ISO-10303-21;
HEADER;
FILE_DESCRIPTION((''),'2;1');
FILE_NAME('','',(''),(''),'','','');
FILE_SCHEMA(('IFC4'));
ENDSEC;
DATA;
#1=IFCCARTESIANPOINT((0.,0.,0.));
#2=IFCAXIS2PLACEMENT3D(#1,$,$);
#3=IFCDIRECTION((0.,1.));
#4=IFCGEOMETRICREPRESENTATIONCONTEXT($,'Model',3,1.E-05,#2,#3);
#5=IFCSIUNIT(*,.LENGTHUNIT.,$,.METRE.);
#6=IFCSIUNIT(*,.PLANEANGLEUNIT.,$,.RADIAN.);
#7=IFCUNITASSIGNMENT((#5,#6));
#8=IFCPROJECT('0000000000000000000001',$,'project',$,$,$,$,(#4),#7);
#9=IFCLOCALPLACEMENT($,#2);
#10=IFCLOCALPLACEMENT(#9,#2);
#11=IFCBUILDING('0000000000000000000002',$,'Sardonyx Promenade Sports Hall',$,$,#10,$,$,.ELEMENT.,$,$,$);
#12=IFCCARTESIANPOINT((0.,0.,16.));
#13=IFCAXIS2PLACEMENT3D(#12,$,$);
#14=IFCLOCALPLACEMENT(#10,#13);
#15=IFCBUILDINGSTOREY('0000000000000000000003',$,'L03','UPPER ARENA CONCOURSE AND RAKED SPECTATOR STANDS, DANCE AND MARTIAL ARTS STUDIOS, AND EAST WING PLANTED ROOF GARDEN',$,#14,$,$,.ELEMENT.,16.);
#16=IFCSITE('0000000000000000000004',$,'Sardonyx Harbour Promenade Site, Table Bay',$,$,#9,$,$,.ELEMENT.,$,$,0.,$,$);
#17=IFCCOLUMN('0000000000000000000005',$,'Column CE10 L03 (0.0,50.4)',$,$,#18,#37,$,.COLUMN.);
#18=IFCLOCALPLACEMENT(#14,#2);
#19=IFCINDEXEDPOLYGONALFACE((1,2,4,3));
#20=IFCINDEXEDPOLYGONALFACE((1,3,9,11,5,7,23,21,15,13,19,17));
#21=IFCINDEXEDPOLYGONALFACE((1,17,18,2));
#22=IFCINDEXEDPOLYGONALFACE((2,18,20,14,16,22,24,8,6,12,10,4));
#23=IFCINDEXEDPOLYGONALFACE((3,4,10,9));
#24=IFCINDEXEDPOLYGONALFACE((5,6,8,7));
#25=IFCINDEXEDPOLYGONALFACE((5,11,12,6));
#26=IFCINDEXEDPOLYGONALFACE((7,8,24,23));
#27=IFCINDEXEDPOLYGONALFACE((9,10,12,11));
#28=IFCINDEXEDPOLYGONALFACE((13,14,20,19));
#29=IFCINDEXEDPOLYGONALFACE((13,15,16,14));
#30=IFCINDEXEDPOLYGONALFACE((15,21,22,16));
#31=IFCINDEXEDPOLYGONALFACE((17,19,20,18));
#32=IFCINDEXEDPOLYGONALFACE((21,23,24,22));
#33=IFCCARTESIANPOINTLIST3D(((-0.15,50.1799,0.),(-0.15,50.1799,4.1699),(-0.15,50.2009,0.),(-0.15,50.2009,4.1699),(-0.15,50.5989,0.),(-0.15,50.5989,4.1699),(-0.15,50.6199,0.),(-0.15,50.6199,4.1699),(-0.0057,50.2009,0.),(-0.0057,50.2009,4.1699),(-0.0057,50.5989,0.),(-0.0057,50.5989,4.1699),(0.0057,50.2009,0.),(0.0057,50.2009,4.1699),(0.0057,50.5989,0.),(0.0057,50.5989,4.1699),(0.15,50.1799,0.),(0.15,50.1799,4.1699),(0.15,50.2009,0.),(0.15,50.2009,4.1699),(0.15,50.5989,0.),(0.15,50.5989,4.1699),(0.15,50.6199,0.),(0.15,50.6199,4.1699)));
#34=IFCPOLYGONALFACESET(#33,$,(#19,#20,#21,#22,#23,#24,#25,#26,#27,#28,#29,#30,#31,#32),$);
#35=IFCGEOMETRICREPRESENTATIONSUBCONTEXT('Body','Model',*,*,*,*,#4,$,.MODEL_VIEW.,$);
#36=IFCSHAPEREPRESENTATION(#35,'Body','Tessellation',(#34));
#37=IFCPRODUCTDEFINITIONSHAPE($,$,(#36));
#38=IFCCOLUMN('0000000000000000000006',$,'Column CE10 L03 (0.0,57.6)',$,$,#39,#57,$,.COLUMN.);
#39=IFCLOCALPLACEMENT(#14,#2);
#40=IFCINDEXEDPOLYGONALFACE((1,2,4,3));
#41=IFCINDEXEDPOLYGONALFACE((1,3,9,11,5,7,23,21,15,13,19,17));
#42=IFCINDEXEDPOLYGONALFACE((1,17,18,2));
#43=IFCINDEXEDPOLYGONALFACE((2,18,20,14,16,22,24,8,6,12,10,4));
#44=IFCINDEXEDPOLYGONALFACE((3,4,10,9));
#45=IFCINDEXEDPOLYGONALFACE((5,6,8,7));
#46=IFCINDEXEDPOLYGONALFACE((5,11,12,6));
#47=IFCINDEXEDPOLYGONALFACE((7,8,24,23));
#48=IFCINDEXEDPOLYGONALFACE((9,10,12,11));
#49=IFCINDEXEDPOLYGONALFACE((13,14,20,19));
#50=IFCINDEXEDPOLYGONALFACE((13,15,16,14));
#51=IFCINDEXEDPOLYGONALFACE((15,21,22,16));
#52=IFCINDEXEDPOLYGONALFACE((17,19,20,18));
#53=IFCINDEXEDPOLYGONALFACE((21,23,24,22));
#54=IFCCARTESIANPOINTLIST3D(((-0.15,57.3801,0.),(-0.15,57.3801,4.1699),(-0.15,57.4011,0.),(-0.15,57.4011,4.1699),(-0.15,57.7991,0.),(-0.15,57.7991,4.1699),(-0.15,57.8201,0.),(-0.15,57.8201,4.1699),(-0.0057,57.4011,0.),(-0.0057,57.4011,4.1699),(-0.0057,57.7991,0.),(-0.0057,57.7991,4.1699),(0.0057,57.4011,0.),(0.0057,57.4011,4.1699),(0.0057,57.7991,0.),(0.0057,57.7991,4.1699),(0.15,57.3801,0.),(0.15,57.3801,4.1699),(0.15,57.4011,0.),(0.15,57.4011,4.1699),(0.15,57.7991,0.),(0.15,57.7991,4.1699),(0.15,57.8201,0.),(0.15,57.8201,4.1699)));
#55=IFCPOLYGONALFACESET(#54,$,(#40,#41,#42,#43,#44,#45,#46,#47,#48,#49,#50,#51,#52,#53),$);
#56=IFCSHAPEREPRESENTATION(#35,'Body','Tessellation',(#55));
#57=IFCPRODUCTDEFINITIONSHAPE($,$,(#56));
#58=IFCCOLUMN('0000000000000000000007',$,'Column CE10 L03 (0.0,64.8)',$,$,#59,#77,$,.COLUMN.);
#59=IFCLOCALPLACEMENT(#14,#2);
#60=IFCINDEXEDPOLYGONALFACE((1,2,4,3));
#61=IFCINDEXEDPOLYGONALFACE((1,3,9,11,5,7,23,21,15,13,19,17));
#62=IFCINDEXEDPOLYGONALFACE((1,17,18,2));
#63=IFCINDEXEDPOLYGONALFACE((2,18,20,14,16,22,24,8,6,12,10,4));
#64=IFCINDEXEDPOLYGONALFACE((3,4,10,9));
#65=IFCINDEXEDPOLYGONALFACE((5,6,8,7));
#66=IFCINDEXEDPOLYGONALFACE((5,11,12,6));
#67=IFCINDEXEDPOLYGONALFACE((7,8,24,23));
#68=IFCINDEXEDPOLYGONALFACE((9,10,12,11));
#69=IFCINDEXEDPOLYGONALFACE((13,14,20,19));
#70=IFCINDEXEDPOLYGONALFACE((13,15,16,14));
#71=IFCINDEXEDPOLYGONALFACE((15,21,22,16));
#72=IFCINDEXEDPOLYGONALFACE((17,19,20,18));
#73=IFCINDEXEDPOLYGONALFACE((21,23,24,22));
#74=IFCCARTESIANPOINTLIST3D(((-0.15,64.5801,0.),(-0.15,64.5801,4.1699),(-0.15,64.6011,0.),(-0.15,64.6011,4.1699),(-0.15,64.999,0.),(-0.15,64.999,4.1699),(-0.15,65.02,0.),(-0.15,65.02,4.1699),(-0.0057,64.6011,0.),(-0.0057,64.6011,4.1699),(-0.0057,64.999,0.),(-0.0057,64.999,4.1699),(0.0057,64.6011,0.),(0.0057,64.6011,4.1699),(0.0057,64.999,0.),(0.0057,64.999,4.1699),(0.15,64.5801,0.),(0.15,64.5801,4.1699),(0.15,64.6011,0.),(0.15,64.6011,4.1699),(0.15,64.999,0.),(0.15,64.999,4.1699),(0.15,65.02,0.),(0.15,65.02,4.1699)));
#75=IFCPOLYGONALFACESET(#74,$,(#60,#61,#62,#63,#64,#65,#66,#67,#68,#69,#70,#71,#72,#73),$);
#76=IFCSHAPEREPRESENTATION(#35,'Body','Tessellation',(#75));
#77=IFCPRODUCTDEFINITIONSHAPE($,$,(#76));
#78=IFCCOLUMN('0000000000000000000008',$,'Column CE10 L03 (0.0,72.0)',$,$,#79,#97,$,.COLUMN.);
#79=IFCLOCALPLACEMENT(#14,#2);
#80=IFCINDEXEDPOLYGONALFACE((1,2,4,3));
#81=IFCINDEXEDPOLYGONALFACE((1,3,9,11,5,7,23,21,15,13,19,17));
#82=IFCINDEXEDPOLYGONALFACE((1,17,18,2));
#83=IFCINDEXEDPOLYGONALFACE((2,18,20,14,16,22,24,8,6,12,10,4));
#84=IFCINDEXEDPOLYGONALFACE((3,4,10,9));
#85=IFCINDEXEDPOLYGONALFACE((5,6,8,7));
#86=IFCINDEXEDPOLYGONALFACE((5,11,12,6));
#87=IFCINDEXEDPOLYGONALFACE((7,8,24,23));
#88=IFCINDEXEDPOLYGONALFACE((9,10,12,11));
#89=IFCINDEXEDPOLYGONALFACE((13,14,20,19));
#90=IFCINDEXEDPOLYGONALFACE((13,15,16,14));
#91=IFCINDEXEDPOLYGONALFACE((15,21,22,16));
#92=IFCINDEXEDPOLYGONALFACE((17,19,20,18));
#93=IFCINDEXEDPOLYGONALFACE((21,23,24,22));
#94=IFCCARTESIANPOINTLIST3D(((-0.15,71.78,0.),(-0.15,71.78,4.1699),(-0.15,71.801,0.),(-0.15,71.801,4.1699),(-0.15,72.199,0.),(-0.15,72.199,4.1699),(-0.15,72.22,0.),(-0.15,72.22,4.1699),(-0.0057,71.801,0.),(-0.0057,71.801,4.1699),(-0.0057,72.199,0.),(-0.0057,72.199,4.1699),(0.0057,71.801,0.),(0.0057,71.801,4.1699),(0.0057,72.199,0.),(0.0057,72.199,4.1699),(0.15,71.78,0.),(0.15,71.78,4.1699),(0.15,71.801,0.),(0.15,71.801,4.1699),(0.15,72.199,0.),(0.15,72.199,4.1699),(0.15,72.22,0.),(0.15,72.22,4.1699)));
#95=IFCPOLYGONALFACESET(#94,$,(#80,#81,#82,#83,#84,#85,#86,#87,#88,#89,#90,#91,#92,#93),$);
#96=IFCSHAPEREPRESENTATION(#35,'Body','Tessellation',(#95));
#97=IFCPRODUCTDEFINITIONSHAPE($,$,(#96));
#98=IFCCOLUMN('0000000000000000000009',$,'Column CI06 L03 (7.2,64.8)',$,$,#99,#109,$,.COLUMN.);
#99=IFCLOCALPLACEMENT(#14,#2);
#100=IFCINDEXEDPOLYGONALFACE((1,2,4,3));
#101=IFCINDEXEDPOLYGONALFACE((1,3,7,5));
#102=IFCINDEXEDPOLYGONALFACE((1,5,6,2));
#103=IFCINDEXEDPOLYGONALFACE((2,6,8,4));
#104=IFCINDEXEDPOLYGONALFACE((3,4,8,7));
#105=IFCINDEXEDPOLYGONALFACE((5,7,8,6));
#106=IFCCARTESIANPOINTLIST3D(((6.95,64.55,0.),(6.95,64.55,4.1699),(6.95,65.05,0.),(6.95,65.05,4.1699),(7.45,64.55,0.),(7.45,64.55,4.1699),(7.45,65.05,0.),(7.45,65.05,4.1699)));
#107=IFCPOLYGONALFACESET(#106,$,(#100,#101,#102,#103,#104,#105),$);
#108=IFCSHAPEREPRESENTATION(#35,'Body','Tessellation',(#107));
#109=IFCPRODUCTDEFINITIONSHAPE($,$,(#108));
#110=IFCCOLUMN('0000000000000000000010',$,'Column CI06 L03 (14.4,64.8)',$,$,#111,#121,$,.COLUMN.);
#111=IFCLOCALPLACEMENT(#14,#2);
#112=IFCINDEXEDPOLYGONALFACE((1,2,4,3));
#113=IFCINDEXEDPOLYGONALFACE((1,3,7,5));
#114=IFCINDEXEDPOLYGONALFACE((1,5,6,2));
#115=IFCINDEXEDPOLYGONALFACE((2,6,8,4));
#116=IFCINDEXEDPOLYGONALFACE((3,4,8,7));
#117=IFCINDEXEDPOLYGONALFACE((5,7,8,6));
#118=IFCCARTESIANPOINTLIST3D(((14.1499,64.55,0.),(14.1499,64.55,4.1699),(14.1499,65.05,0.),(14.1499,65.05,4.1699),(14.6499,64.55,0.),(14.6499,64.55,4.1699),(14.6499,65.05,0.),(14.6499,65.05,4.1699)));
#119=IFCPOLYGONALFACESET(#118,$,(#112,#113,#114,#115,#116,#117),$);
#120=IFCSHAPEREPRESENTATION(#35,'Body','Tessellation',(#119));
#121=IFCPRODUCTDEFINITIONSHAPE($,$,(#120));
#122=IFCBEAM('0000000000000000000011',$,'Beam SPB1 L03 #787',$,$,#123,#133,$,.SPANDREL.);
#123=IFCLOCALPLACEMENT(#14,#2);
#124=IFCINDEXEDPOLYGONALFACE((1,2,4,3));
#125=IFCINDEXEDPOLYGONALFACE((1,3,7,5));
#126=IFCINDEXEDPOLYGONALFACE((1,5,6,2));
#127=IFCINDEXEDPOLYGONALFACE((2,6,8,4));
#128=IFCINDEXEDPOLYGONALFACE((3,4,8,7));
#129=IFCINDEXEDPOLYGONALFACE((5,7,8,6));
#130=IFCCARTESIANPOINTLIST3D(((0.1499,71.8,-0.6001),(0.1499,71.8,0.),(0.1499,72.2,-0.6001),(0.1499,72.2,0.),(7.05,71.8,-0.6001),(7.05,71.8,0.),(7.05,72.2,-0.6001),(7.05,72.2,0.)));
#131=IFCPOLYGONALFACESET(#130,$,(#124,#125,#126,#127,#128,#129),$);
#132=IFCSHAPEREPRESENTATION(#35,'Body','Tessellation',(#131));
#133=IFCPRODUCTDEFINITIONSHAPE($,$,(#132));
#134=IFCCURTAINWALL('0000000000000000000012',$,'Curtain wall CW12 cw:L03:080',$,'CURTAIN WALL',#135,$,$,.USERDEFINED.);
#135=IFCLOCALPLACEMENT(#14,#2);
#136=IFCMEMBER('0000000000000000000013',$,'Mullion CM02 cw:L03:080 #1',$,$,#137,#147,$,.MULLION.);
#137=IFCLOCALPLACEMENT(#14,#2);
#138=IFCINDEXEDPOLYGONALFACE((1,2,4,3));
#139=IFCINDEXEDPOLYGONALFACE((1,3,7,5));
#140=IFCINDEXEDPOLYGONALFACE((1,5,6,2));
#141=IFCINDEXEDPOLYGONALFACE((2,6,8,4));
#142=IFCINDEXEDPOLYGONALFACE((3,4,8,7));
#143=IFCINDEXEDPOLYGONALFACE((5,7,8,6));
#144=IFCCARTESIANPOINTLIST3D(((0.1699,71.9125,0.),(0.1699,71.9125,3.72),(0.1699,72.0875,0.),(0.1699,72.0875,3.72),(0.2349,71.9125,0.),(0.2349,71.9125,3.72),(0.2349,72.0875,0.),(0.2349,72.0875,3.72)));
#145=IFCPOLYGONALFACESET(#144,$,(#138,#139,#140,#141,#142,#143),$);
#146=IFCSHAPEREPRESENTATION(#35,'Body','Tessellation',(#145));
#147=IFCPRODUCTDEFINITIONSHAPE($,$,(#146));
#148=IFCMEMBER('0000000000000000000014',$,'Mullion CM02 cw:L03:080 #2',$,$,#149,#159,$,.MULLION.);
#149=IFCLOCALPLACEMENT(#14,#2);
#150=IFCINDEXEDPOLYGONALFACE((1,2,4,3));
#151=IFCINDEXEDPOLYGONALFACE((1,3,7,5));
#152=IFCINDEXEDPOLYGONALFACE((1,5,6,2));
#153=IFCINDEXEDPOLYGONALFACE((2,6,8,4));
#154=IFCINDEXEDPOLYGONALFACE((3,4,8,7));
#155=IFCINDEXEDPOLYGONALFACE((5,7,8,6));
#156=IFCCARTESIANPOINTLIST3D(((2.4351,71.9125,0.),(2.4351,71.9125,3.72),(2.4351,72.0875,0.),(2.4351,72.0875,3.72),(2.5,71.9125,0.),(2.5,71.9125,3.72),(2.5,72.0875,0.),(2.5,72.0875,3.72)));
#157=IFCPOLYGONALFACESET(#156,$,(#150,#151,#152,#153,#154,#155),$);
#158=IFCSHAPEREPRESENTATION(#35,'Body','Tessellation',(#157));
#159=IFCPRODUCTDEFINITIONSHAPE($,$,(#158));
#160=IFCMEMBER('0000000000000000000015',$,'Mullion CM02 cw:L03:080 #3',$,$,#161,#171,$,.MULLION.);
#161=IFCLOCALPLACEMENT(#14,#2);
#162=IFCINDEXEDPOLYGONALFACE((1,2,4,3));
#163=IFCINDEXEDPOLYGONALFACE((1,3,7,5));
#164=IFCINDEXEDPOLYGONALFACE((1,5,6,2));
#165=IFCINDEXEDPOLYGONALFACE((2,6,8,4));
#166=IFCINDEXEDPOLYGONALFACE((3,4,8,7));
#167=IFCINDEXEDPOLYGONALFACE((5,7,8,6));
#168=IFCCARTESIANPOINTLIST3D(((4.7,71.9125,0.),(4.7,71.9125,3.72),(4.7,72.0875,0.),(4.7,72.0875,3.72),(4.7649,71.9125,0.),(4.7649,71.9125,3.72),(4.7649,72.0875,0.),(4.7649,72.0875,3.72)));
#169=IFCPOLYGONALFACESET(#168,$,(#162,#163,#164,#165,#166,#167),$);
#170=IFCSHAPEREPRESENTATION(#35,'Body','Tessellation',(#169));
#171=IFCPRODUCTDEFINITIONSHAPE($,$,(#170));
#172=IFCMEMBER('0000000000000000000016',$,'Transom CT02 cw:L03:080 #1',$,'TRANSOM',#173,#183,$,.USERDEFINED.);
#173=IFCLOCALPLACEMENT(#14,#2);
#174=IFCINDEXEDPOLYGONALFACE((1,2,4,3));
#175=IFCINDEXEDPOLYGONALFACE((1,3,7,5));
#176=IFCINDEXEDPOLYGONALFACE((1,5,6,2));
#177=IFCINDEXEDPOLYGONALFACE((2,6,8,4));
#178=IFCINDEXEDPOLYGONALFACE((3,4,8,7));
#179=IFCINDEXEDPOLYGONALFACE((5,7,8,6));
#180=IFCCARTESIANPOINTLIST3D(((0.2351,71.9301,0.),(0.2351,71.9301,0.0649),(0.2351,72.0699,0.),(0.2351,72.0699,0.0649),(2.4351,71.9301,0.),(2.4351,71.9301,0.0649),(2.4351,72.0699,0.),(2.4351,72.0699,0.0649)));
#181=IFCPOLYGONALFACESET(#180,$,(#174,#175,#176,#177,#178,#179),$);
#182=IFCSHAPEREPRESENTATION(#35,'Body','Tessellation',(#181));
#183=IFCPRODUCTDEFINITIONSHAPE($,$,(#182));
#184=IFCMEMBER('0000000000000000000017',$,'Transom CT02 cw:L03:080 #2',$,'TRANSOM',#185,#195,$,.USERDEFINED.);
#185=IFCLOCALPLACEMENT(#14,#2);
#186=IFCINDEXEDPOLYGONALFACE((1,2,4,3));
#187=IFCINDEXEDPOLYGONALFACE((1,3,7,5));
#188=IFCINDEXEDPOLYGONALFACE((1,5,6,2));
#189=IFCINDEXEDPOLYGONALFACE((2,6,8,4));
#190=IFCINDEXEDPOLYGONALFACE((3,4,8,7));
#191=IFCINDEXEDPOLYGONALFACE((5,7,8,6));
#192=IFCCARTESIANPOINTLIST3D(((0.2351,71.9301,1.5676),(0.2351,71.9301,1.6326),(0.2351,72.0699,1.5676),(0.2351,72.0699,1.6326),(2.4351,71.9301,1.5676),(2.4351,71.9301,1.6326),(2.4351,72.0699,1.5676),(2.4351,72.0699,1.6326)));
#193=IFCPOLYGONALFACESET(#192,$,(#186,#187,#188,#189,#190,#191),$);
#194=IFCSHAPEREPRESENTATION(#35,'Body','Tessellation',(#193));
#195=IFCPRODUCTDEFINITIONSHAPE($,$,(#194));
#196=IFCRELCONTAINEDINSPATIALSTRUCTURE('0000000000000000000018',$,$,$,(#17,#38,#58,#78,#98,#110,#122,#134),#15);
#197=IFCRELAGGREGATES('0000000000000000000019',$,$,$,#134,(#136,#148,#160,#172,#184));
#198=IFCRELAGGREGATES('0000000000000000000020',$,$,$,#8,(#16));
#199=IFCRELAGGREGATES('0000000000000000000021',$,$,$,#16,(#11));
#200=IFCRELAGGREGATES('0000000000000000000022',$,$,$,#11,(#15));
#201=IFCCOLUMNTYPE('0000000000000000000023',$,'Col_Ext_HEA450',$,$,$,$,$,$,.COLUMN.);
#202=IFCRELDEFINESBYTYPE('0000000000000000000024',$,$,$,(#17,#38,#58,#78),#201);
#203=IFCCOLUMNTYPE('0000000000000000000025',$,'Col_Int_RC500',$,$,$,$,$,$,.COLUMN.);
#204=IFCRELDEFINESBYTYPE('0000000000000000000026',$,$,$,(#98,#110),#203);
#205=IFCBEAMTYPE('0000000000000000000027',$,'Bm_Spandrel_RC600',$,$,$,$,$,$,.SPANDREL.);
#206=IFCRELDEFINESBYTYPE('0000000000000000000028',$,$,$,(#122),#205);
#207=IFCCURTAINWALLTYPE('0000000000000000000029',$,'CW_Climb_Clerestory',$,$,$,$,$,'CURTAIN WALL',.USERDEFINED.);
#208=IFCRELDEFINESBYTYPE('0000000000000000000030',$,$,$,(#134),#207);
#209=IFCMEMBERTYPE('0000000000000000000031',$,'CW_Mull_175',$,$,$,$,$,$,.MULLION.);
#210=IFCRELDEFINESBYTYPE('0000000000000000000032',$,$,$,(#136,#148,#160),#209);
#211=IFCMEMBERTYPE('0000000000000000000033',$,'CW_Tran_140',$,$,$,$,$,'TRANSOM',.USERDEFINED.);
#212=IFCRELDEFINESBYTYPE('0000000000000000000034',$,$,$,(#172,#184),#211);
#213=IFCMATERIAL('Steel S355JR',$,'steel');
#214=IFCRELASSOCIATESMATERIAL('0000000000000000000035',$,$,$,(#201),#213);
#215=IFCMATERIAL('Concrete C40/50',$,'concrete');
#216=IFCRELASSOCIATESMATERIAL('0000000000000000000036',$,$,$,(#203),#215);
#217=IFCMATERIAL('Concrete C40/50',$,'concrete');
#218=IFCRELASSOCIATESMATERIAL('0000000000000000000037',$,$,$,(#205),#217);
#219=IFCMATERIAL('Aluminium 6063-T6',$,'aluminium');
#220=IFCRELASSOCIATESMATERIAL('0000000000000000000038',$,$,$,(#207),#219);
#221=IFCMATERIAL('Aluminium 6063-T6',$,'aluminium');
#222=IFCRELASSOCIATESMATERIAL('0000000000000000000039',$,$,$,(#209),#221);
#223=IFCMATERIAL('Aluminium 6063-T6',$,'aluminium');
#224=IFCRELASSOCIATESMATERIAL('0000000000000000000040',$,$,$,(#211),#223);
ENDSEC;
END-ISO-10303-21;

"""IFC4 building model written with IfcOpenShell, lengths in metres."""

from ifc_helpers import new_model, si_unit, direction, frame, origin, origin_2d, place, context, subcontext, project, spatial, rectangle, i_section, extrude, material, material_profile, profile_set, type_object, element, aggregate, save


model = new_model("IFC4")

# Units and contexts
model_context = context("Model", 3, precision=1e-05, world=origin(), true_north=direction((0.0, 1.0)))
body_context = subcontext(model_context, "Body", "Model", "MODEL_VIEW")
ifc_project = project(units=[si_unit("LENGTHUNIT", "METRE"), si_unit("PLANEANGLEUNIT", "RADIAN")], contexts=[model_context])

# Site, building, storey
site_placement = place(None, origin())
site = spatial("IfcSite", under=ifc_project, at=site_placement, Name="Sardonyx Harbour Promenade Site, Table Bay", CompositionType="ELEMENT", RefElevation=0.0)
building_placement = place(site_placement, origin())
building = spatial("IfcBuilding", under=site, at=building_placement, Name="Sardonyx Promenade Sports Hall", CompositionType="ELEMENT")
storey_placement = place(building_placement, frame((0.0, 0.0, 16.0)))
storey = spatial("IfcBuildingStorey", under=building, at=storey_placement, Name="L03", Description="UPPER ARENA CONCOURSE AND RAKED SPECTATOR STANDS, DANCE AND MARTIAL ARTS STUDIOS, AND EAST WING PLANTED ROOF GARDEN", CompositionType="ELEMENT", Elevation=16.0)

# Columns
ifc_material_1 = material(Name="Steel S355JR", Category="steel")
ifc_material_profile_1 = material_profile(ifc_material_1, i_section(OverallWidth=0.3, OverallDepth=0.4399, WebThickness=0.0115, FlangeThickness=0.021, at=origin_2d()))
ifc_profile_set_1 = profile_set([ifc_material_profile_1], Name="Steel S355JR")
column_type_1 = type_object("IfcColumnType", Name="Col_Ext_HEA450", PredefinedType="COLUMN", material=ifc_profile_set_1)
for number, where, z_axis, x_axis, name in (
    (1, (0.0, 50.3999, 0.0), (0.0, 0.0, 1.0), (1.0, 0.0, 0.0), "Column CE10 L03 (0.0,50.4)"),
    (2, (0.0, 57.6001, 0.0), (0.0, 0.0, 1.0), (1.0, 0.0, 0.0), "Column CE10 L03 (0.0,57.6)"),
    (3, (0.0, 64.8, 0.0), (0.0, 0.0, 1.0), (1.0, 0.0, 0.0), "Column CE10 L03 (0.0,64.8)"),
    (4, (0.0, 72.0, 0.0), (0.0, 0.0, 1.0), (1.0, 0.0, 0.0), "Column CE10 L03 (0.0,72.0)"),
):
    element("IfcColumn", number, at=place(storey_placement, frame(where, z_axis=z_axis, x_axis=x_axis)), inside=storey, type_object=column_type_1, Name=name, PredefinedType="COLUMN", context=body_context, shape_type="SweptSolid", body=[
        extrude(i_section(OverallWidth=0.3, OverallDepth=0.4399, WebThickness=0.0115, FlangeThickness=0.021, at=origin_2d()), origin(), (0.0, 0.0, 1.0), 4.1699),
    ])
ifc_material_2 = material(Name="Concrete C40/50", Category="concrete")
ifc_material_profile_2 = material_profile(ifc_material_2, rectangle(XDim=0.5, YDim=0.5, at=origin_2d()))
ifc_profile_set_2 = profile_set([ifc_material_profile_2], Name="Concrete C40/50")
column_type_2 = type_object("IfcColumnType", Name="Col_Int_RC500", PredefinedType="COLUMN", material=ifc_profile_set_2)
for number, where, z_axis, x_axis, name in (
    (5, (7.2, 64.8, 0.0), (0.0, 0.0, 1.0), (1.0, 0.0, 0.0), "Column CI06 L03 (7.2,64.8)"),
    (6, (14.3999, 64.8, 0.0), (0.0, 0.0, 1.0), (1.0, 0.0, 0.0), "Column CI06 L03 (14.4,64.8)"),
):
    element("IfcColumn", number, at=place(storey_placement, frame(where, z_axis=z_axis, x_axis=x_axis)), inside=storey, type_object=column_type_2, Name=name, PredefinedType="COLUMN", context=body_context, shape_type="SweptSolid", body=[
        extrude(rectangle(XDim=0.5, YDim=0.5, at=origin_2d()), origin(), (0.0, 0.0, 1.0), 4.1699),
    ])

# Beam
ifc_material_3 = material(Name="Concrete C40/50", Category="concrete")
ifc_material_profile_3 = material_profile(ifc_material_3, rectangle(XDim=0.3999, YDim=0.6001, at=origin_2d()))
ifc_profile_set_3 = profile_set([ifc_material_profile_3], Name="Concrete C40/50")
beam_type = type_object("IfcBeamType", Name="Bm_Spandrel_RC600", PredefinedType="SPANDREL", material=ifc_profile_set_3)
beam_placement = place(storey_placement, frame((0.1499, 72.0, -0.3), z_axis=(1.0, 0.0, 0.0), x_axis=(0.0, 1.0, 0.0)))
element("IfcBeam", 7, at=beam_placement, inside=storey, type_object=beam_type, Name="Beam SPB1 L03 #787", PredefinedType="SPANDREL", context=body_context, shape_type="SweptSolid", body=[
    extrude(rectangle(XDim=0.3999, YDim=0.6001, at=origin_2d()), origin(), (0.0, 0.0, 1.0), 6.9001),
])

# Curtain wall, members
ifc_material_4 = material(Name="Aluminium 6063-T6", Category="aluminium")
curtain_wall_type = type_object("IfcCurtainWallType", Name="CW_Climb_Clerestory", ElementType="CURTAIN WALL", PredefinedType="USERDEFINED", material=ifc_material_4)
curtain_wall_placement = place(storey_placement, origin())
curtain_wall = element("IfcCurtainWall", 8, at=curtain_wall_placement, inside=storey, type_object=curtain_wall_type, Name="Curtain wall CW12 cw:L03:080", ObjectType="CURTAIN WALL", PredefinedType="USERDEFINED")
ifc_material_5 = material(Name="Aluminium 6063-T6", Category="aluminium")
ifc_material_profile_4 = material_profile(ifc_material_5, rectangle(XDim=0.0649, YDim=0.175, at=origin_2d()))
ifc_profile_set_4 = profile_set([ifc_material_profile_4], Name="Aluminium 6063-T6")
member_type_1 = type_object("IfcMemberType", Name="CW_Mull_175", PredefinedType="MULLION", material=ifc_profile_set_4)
member_1_placement = place(storey_placement, frame((0.2024, 72.0, 0.0), z_axis=(0.0, 0.0, 1.0), x_axis=(1.0, 0.0, 0.0)))
member_1 = element("IfcMember", 9, at=member_1_placement, type_object=member_type_1, Name="Mullion CM02 cw:L03:080 #1", PredefinedType="MULLION", context=body_context, shape_type="SweptSolid", body=[
    extrude(rectangle(XDim=0.0649, YDim=0.175, at=origin_2d()), origin(), (0.0, 0.0, 1.0), 3.72),
])
member_2_placement = place(storey_placement, frame((2.4675, 72.0, 0.0), z_axis=(0.0, 0.0, 1.0), x_axis=(1.0, 0.0, 0.0)))
member_2 = element("IfcMember", 10, at=member_2_placement, type_object=member_type_1, Name="Mullion CM02 cw:L03:080 #2", PredefinedType="MULLION", context=body_context, shape_type="SweptSolid", body=[
    extrude(rectangle(XDim=0.0649, YDim=0.175, at=origin_2d()), origin(), (0.0, 0.0, 1.0), 3.72),
])
member_3_placement = place(storey_placement, frame((4.7324, 72.0, 0.0), z_axis=(0.0, 0.0, 1.0), x_axis=(1.0, 0.0, 0.0)))
member_3 = element("IfcMember", 11, at=member_3_placement, type_object=member_type_1, Name="Mullion CM02 cw:L03:080 #3", PredefinedType="MULLION", context=body_context, shape_type="SweptSolid", body=[
    extrude(rectangle(XDim=0.0649, YDim=0.175, at=origin_2d()), origin(), (0.0, 0.0, 1.0), 3.72),
])
ifc_material_6 = material(Name="Aluminium 6063-T6", Category="aluminium")
ifc_material_profile_5 = material_profile(ifc_material_6, rectangle(XDim=0.0649, YDim=0.1399, at=origin_2d()))
ifc_profile_set_5 = profile_set([ifc_material_profile_5], Name="Aluminium 6063-T6")
member_type_2 = type_object("IfcMemberType", Name="CW_Tran_140", ElementType="TRANSOM", PredefinedType="USERDEFINED", material=ifc_profile_set_5)
member_4_placement = place(storey_placement, frame((0.2351, 72.0, 0.0325), z_axis=(1.0, 0.0, 0.0), x_axis=(0.0, 0.0, 1.0)))
member_4 = element("IfcMember", 12, at=member_4_placement, type_object=member_type_2, Name="Transom CT02 cw:L03:080 #1", ObjectType="TRANSOM", PredefinedType="USERDEFINED", context=body_context, shape_type="SweptSolid", body=[
    extrude(rectangle(XDim=0.0649, YDim=0.1399, at=origin_2d()), origin(), (0.0, 0.0, 1.0), 2.2),
])
member_5_placement = place(storey_placement, frame((0.2351, 72.0, 1.6001), z_axis=(1.0, 0.0, 0.0), x_axis=(0.0, 0.0, 1.0)))
member_5 = element("IfcMember", 13, at=member_5_placement, type_object=member_type_2, Name="Transom CT02 cw:L03:080 #2", ObjectType="TRANSOM", PredefinedType="USERDEFINED", context=body_context, shape_type="SweptSolid", body=[
    extrude(rectangle(XDim=0.0649, YDim=0.1399, at=origin_2d()), origin(), (0.0, 0.0, 1.0), 2.2),
])

aggregate(curtain_wall, [member_1, member_2, member_3, member_4, member_5])

save(model, "model.ifc")
